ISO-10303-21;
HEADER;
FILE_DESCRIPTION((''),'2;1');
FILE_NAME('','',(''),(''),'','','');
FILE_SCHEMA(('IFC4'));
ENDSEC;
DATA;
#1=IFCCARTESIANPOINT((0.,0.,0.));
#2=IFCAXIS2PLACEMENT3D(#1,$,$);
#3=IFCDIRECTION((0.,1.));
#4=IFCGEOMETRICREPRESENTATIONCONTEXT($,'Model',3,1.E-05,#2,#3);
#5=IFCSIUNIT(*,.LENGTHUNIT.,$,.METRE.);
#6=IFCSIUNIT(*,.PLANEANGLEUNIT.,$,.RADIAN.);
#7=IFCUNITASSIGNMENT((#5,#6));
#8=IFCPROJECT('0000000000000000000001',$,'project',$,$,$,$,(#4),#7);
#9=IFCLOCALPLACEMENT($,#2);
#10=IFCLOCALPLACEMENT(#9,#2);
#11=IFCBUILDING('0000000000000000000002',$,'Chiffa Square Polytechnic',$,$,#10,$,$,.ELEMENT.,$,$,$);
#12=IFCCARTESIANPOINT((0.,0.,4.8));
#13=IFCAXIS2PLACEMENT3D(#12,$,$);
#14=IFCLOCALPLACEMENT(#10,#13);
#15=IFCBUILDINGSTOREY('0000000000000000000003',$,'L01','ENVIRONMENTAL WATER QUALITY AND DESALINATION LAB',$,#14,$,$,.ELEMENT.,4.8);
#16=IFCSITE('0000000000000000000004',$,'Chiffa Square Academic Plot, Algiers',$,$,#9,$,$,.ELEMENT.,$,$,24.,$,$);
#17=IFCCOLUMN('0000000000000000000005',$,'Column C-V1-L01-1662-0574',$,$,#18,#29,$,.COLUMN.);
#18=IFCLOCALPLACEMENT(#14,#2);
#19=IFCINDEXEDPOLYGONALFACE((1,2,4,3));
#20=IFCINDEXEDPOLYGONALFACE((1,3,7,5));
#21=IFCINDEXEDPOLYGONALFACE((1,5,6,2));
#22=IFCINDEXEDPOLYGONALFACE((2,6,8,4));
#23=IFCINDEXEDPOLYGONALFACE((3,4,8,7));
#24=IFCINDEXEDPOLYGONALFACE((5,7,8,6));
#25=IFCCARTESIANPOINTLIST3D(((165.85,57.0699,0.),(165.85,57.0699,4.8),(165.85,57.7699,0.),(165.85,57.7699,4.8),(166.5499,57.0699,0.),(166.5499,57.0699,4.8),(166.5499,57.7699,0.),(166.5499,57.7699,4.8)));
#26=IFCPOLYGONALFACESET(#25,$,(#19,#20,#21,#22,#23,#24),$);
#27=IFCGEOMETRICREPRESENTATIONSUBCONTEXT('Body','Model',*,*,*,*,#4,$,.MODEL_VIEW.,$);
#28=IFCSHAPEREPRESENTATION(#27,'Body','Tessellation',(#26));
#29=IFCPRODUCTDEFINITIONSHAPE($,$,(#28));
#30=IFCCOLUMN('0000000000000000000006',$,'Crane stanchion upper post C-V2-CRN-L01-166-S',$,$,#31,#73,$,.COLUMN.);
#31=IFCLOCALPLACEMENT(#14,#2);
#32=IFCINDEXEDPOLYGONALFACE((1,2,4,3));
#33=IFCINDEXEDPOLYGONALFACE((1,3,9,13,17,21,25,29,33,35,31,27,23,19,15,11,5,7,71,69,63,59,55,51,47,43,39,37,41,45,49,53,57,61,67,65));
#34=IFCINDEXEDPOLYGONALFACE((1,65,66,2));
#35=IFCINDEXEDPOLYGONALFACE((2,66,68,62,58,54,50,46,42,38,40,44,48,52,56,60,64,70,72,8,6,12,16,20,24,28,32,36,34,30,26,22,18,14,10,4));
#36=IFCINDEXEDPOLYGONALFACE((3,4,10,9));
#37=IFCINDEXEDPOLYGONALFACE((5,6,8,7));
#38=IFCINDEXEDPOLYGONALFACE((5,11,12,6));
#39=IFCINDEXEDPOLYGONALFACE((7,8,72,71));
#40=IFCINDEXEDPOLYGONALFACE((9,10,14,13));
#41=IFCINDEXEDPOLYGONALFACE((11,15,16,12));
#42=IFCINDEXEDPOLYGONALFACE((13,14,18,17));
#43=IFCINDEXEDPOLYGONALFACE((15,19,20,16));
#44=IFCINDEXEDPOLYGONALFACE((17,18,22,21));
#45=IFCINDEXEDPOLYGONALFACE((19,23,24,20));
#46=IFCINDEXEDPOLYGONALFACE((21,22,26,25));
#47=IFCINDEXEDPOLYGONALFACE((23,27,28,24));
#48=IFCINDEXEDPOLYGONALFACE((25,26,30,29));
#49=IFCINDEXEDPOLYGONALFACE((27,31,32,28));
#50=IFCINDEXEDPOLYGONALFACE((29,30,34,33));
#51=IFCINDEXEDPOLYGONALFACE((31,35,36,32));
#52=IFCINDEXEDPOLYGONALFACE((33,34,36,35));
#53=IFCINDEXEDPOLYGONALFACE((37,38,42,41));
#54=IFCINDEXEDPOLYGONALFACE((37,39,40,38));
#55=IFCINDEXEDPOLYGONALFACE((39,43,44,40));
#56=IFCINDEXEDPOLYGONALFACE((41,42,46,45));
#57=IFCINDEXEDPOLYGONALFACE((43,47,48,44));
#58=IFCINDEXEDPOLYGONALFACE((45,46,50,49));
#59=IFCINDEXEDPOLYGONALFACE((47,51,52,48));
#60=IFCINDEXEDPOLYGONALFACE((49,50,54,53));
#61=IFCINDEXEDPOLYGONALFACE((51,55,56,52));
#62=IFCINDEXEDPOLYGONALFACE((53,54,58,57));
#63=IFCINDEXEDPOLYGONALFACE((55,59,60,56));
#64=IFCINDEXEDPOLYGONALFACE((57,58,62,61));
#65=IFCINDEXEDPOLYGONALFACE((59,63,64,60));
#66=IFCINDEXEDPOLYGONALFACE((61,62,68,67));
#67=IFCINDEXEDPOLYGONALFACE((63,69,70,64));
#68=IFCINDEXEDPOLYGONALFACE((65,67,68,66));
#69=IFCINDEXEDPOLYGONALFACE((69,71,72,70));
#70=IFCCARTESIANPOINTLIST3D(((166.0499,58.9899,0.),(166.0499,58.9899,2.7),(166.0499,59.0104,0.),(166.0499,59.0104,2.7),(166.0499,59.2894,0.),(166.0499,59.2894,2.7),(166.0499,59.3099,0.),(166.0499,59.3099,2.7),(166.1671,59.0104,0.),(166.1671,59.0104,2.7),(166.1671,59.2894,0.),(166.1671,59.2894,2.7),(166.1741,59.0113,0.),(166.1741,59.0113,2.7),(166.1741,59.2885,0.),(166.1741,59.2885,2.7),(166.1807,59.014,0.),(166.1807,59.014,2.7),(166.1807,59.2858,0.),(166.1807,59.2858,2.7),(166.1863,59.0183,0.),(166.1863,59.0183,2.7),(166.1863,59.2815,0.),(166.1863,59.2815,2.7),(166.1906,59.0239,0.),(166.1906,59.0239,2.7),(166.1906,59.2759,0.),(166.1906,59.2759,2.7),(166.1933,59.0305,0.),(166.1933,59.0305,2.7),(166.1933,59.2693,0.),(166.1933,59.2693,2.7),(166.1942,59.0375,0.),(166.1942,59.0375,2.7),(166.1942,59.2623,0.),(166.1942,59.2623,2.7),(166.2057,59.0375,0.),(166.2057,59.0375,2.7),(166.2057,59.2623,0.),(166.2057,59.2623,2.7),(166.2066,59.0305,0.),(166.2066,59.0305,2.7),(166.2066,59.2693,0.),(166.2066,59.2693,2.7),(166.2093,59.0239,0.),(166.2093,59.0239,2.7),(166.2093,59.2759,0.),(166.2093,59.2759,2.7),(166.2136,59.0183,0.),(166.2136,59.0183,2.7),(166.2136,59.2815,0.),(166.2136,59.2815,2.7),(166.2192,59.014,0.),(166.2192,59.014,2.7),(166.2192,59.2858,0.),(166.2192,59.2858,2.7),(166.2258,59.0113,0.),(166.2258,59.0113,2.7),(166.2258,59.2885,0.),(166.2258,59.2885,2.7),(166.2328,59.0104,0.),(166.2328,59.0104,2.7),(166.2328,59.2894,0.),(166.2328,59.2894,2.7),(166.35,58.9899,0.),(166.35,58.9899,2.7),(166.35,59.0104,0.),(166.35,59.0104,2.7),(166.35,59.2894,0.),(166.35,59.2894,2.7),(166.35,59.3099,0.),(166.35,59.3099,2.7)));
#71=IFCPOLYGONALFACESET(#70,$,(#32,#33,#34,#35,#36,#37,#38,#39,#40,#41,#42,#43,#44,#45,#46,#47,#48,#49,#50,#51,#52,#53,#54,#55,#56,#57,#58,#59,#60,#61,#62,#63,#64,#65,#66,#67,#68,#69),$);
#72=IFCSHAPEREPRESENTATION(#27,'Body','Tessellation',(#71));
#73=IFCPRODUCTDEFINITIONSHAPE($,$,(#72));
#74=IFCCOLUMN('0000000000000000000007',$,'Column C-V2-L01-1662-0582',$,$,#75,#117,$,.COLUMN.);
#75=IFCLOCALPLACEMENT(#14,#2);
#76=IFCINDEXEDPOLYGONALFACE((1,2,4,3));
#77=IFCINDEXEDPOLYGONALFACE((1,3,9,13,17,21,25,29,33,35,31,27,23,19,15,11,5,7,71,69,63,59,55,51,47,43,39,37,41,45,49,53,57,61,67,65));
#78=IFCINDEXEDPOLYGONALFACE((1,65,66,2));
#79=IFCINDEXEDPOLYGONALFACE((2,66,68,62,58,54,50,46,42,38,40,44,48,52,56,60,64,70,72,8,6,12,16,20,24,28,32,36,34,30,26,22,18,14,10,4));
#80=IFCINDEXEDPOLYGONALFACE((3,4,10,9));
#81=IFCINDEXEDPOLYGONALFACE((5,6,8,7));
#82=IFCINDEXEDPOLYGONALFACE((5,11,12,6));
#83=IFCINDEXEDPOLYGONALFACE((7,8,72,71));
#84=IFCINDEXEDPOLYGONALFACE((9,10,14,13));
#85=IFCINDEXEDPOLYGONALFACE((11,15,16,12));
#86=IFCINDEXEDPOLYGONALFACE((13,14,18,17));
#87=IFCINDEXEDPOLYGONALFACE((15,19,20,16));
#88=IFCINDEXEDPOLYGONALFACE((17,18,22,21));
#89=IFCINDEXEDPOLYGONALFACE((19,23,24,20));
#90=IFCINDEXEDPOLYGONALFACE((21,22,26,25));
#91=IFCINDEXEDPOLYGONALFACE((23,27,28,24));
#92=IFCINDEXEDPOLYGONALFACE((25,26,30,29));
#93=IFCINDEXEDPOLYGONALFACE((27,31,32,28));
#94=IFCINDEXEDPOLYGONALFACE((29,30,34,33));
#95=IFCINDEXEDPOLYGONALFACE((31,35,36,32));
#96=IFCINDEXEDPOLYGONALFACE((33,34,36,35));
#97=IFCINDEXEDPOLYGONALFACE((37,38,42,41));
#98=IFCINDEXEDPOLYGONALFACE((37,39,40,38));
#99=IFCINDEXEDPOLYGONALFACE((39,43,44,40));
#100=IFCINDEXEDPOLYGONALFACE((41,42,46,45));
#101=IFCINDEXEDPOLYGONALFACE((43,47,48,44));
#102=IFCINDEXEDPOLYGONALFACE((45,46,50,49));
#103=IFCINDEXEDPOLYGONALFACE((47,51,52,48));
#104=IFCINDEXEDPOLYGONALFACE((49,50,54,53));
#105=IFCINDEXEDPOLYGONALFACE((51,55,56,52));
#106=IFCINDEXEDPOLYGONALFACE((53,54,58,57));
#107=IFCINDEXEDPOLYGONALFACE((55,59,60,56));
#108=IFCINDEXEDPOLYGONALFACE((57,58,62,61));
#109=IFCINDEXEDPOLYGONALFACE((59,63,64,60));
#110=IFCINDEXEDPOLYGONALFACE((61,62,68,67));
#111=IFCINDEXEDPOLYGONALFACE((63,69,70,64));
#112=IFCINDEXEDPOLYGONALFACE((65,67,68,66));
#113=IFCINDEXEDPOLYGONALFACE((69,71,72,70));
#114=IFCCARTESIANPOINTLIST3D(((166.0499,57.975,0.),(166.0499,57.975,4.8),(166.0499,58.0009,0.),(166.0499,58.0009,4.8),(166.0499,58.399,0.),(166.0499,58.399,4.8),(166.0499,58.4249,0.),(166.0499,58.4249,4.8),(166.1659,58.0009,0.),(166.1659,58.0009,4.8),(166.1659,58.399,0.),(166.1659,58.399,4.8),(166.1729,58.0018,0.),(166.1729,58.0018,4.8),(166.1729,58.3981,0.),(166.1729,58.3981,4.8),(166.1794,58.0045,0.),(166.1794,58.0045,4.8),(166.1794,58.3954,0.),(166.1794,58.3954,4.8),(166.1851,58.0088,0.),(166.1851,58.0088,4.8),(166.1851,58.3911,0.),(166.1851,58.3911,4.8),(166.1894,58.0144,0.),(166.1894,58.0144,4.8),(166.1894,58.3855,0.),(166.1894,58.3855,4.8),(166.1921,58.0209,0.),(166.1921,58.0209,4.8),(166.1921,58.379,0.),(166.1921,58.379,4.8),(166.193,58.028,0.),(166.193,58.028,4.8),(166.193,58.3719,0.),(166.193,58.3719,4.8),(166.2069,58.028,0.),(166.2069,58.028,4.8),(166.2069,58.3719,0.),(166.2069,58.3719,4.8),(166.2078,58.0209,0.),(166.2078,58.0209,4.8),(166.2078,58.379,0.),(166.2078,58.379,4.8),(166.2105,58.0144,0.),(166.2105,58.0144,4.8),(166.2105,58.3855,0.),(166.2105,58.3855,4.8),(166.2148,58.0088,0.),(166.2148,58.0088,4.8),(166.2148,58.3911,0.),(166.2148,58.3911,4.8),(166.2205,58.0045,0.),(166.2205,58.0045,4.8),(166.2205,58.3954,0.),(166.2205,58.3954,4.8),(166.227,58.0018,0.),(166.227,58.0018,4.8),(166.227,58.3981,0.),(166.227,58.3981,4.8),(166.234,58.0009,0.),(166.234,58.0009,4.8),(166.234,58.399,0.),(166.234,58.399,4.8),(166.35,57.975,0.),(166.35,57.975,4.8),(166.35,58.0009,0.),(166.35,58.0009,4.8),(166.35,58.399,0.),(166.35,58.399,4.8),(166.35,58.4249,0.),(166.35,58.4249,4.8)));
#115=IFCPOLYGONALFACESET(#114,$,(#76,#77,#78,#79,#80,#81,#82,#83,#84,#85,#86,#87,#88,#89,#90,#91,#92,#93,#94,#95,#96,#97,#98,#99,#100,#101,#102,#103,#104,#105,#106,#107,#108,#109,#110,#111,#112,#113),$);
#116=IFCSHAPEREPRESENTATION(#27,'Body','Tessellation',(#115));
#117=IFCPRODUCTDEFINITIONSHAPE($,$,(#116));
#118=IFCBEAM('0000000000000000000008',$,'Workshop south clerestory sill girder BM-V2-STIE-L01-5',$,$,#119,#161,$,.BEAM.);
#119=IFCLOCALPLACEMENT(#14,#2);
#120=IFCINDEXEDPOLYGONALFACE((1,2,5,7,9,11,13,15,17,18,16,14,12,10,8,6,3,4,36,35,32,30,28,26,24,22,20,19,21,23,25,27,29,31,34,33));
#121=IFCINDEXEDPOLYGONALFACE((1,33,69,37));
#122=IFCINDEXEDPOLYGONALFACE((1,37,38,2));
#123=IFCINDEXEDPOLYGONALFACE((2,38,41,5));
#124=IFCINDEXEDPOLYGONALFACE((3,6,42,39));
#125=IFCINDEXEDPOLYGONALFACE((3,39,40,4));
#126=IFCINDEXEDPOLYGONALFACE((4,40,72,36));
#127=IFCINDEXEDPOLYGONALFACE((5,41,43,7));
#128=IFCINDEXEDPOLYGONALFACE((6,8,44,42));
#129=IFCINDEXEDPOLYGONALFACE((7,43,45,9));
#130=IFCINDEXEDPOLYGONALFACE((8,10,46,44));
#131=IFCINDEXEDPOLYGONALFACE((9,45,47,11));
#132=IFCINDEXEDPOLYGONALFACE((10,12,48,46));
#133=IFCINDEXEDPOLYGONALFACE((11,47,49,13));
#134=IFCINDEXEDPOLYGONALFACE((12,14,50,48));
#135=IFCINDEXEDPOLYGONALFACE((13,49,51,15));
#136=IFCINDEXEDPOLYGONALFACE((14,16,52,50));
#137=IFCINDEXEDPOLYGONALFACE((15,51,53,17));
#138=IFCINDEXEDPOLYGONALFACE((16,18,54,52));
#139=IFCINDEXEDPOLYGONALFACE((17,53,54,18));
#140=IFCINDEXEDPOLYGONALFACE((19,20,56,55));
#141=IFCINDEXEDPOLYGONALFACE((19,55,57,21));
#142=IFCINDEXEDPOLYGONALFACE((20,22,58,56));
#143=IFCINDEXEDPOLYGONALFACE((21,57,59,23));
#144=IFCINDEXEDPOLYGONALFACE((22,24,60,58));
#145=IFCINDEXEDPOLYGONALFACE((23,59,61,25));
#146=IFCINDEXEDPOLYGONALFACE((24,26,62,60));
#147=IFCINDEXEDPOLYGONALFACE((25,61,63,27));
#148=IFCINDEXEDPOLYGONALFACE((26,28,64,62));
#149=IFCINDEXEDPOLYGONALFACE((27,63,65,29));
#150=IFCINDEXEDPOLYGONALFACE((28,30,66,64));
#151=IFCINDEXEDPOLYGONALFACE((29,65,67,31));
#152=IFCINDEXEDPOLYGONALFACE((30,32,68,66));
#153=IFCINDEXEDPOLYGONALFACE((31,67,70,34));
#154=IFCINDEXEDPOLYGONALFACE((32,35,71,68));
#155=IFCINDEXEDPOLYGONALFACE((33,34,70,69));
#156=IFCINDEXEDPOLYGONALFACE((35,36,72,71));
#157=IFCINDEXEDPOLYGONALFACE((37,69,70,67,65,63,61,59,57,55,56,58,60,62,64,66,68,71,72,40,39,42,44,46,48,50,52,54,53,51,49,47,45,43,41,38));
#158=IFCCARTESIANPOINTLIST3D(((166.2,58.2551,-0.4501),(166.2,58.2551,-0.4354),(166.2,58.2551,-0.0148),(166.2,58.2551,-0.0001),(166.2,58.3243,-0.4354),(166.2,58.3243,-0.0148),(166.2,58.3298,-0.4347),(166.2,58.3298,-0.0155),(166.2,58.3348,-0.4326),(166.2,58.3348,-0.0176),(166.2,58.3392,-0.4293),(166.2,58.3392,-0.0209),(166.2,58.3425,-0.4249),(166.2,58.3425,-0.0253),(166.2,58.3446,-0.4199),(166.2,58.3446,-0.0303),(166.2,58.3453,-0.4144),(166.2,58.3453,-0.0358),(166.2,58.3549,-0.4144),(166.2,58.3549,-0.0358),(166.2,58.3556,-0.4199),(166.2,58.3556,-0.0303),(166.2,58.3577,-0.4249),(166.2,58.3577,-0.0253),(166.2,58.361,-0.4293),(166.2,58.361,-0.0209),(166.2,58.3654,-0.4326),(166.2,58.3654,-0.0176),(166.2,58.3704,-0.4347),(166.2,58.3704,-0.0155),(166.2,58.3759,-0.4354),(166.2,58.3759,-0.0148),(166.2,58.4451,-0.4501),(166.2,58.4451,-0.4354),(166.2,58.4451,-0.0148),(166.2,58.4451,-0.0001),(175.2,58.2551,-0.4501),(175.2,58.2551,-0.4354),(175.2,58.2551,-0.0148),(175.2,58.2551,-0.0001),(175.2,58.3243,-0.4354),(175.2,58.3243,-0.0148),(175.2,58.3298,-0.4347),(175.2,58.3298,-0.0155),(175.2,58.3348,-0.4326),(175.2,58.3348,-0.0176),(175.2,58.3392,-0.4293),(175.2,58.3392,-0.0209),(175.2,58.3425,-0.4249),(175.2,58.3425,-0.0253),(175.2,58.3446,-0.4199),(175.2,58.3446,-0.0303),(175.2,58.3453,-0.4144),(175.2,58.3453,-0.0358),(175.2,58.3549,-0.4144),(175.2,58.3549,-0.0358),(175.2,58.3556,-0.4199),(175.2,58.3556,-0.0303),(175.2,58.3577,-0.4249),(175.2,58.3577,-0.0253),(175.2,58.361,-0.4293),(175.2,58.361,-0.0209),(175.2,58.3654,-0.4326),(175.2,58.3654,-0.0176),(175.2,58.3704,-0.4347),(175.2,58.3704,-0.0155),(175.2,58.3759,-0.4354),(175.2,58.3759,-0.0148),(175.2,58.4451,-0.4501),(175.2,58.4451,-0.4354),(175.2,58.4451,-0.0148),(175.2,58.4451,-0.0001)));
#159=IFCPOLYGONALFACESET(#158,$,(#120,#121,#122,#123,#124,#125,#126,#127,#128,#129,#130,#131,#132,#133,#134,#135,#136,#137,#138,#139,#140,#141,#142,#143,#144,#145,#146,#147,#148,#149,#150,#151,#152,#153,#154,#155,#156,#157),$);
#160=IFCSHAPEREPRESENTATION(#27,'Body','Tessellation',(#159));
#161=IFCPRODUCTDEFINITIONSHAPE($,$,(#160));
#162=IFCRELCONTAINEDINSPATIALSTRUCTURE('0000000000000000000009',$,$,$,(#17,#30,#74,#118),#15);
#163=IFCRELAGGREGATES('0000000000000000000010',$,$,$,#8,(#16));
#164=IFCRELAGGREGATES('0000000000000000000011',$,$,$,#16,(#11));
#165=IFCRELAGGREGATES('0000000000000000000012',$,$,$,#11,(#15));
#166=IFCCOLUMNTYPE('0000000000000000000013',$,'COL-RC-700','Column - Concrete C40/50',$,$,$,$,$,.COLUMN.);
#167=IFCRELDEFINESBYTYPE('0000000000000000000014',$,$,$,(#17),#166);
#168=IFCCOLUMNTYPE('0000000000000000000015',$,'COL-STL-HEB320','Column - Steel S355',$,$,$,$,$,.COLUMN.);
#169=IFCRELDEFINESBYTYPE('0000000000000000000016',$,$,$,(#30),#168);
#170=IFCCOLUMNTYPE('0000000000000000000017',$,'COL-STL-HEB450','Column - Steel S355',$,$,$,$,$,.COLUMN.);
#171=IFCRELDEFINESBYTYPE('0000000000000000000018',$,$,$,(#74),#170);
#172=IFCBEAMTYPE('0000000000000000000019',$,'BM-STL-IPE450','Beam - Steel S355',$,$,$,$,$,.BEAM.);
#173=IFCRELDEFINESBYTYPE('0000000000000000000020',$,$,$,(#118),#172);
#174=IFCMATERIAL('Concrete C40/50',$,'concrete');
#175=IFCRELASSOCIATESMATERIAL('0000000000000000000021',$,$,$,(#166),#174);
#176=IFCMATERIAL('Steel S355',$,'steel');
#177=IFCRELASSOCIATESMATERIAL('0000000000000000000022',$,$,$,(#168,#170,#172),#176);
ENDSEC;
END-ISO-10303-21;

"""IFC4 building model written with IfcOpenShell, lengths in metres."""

from ifc_helpers import new_model, si_unit, direction, frame, origin, origin_2d, place, context, subcontext, project, spatial, rectangle, i_section, extrude, material, material_profile, profile_set, type_object, element, save


model = new_model("IFC4")

# Units and contexts
model_context = context("Model", 3, precision=1e-05, world=origin(), true_north=direction((0.0, 1.0)))
body_context = subcontext(model_context, "Body", "Model", "MODEL_VIEW")
ifc_project = project(units=[si_unit("LENGTHUNIT", "METRE"), si_unit("PLANEANGLEUNIT", "RADIAN")], contexts=[model_context])

# Site, building, storey
site_placement = place(None, origin())
site = spatial("IfcSite", under=ifc_project, at=site_placement, Name="Chiffa Square Academic Plot, Algiers", CompositionType="ELEMENT", RefElevation=24.0)
building_placement = place(site_placement, origin())
building = spatial("IfcBuilding", under=site, at=building_placement, Name="Chiffa Square Polytechnic", CompositionType="ELEMENT")
storey_placement = place(building_placement, frame((0.0, 0.0, 4.8)))
storey = spatial("IfcBuildingStorey", under=building, at=storey_placement, Name="L01", Description="ENVIRONMENTAL WATER QUALITY AND DESALINATION LAB", CompositionType="ELEMENT", Elevation=4.8)

# Columns
ifc_material_1 = material(Name="Concrete C40/50", Category="concrete")
ifc_material_profile_1 = material_profile(ifc_material_1, rectangle(XDim=0.7, YDim=0.7, at=origin_2d()), Name="RC 700x700")
ifc_profile_set_1 = profile_set([ifc_material_profile_1], Name="Concrete C40/50")
column_type_1 = type_object("IfcColumnType", Name="COL-RC-700", Description="Column - Concrete C40/50", PredefinedType="COLUMN", material=ifc_profile_set_1)
column_1_placement = place(storey_placement, frame((166.2, 57.4199, 0.0), z_axis=(0.0, 0.0, 1.0), x_axis=(1.0, 0.0, 0.0)))
element("IfcColumn", 1, at=column_1_placement, inside=storey, type_object=column_type_1, Name="Column C-V1-L01-1662-0574", PredefinedType="COLUMN", context=body_context, shape_type="SweptSolid", body=[
    extrude(rectangle(XDim=0.7, YDim=0.7, at=origin_2d()), origin(), (0.0, 0.0, 1.0), 4.8),
])
ifc_material_2 = material(Name="Steel S355", Category="steel")
ifc_material_profile_2 = material_profile(ifc_material_2, i_section(OverallWidth=0.3, OverallDepth=0.3201, WebThickness=0.0115, FlangeThickness=0.0205, FilletRadius=0.0271, at=origin_2d()), Name="HEB 320")
ifc_profile_set_2 = profile_set([ifc_material_profile_2], Name="Steel S355")
column_type_2 = type_object("IfcColumnType", Name="COL-STL-HEB320", Description="Column - Steel S355", PredefinedType="COLUMN", material=ifc_profile_set_2)
column_2_placement = place(storey_placement, frame((166.2, 59.1499, 0.0), z_axis=(0.0, 0.0, 1.0), x_axis=(1.0, 0.0, 0.0)))
element("IfcColumn", 2, at=column_2_placement, inside=storey, type_object=column_type_2, Name="Crane stanchion upper post C-V2-CRN-L01-166-S", PredefinedType="COLUMN", context=body_context, shape_type="SweptSolid", body=[
    extrude(i_section(OverallWidth=0.3, OverallDepth=0.3201, WebThickness=0.0115, FlangeThickness=0.0205, FilletRadius=0.0271, at=origin_2d()), origin(), (0.0, 0.0, 1.0), 2.7),
])
ifc_material_profile_3 = material_profile(ifc_material_2, i_section(OverallWidth=0.3, OverallDepth=0.45, WebThickness=0.0139, FlangeThickness=0.0259, FilletRadius=0.0271, at=origin_2d()), Name="HEB 450")
ifc_profile_set_3 = profile_set([ifc_material_profile_3], Name="Steel S355")
column_type_3 = type_object("IfcColumnType", Name="COL-STL-HEB450", Description="Column - Steel S355", PredefinedType="COLUMN", material=ifc_profile_set_3)
column_3_placement = place(storey_placement, frame((166.2, 58.2, 0.0), z_axis=(0.0, 0.0, 1.0), x_axis=(1.0, 0.0, 0.0)))
element("IfcColumn", 3, at=column_3_placement, inside=storey, type_object=column_type_3, Name="Column C-V2-L01-1662-0582", PredefinedType="COLUMN", context=body_context, shape_type="SweptSolid", body=[
    extrude(i_section(OverallWidth=0.3, OverallDepth=0.45, WebThickness=0.0139, FlangeThickness=0.0259, FilletRadius=0.0271, at=origin_2d()), origin(), (0.0, 0.0, 1.0), 4.8),
])

# Beam
ifc_material_profile_4 = material_profile(ifc_material_2, i_section(OverallWidth=0.1899, OverallDepth=0.45, WebThickness=0.0095, FlangeThickness=0.0146, FilletRadius=0.021, at=origin_2d()), Name="IPE 450")
ifc_profile_set_4 = profile_set([ifc_material_profile_4], Name="Steel S355")
beam_type_1 = type_object("IfcBeamType", Name="BM-STL-IPE450", Description="Beam - Steel S355", PredefinedType="BEAM", material=ifc_profile_set_4)
for number, where, z_axis, x_axis, name in (
    (4, (166.2, 58.3501, -0.2251), (1.0, 0.0, 0.0), (0.0, 1.0, 0.0), "Workshop south clerestory sill girder BM-V2-STIE-L01-5"),
):
    element("IfcBeam", number, at=place(storey_placement, frame(where, z_axis=z_axis, x_axis=x_axis)), inside=storey, type_object=beam_type_1, Name=name, PredefinedType="BEAM", context=body_context, shape_type="SweptSolid", body=[
        extrude(i_section(OverallWidth=0.1899, OverallDepth=0.45, WebThickness=0.0095, FlangeThickness=0.0146, FilletRadius=0.021, at=origin_2d()), origin(), (0.0, 0.0, 1.0), 9.0),
    ])

save(model, "model.ifc")
